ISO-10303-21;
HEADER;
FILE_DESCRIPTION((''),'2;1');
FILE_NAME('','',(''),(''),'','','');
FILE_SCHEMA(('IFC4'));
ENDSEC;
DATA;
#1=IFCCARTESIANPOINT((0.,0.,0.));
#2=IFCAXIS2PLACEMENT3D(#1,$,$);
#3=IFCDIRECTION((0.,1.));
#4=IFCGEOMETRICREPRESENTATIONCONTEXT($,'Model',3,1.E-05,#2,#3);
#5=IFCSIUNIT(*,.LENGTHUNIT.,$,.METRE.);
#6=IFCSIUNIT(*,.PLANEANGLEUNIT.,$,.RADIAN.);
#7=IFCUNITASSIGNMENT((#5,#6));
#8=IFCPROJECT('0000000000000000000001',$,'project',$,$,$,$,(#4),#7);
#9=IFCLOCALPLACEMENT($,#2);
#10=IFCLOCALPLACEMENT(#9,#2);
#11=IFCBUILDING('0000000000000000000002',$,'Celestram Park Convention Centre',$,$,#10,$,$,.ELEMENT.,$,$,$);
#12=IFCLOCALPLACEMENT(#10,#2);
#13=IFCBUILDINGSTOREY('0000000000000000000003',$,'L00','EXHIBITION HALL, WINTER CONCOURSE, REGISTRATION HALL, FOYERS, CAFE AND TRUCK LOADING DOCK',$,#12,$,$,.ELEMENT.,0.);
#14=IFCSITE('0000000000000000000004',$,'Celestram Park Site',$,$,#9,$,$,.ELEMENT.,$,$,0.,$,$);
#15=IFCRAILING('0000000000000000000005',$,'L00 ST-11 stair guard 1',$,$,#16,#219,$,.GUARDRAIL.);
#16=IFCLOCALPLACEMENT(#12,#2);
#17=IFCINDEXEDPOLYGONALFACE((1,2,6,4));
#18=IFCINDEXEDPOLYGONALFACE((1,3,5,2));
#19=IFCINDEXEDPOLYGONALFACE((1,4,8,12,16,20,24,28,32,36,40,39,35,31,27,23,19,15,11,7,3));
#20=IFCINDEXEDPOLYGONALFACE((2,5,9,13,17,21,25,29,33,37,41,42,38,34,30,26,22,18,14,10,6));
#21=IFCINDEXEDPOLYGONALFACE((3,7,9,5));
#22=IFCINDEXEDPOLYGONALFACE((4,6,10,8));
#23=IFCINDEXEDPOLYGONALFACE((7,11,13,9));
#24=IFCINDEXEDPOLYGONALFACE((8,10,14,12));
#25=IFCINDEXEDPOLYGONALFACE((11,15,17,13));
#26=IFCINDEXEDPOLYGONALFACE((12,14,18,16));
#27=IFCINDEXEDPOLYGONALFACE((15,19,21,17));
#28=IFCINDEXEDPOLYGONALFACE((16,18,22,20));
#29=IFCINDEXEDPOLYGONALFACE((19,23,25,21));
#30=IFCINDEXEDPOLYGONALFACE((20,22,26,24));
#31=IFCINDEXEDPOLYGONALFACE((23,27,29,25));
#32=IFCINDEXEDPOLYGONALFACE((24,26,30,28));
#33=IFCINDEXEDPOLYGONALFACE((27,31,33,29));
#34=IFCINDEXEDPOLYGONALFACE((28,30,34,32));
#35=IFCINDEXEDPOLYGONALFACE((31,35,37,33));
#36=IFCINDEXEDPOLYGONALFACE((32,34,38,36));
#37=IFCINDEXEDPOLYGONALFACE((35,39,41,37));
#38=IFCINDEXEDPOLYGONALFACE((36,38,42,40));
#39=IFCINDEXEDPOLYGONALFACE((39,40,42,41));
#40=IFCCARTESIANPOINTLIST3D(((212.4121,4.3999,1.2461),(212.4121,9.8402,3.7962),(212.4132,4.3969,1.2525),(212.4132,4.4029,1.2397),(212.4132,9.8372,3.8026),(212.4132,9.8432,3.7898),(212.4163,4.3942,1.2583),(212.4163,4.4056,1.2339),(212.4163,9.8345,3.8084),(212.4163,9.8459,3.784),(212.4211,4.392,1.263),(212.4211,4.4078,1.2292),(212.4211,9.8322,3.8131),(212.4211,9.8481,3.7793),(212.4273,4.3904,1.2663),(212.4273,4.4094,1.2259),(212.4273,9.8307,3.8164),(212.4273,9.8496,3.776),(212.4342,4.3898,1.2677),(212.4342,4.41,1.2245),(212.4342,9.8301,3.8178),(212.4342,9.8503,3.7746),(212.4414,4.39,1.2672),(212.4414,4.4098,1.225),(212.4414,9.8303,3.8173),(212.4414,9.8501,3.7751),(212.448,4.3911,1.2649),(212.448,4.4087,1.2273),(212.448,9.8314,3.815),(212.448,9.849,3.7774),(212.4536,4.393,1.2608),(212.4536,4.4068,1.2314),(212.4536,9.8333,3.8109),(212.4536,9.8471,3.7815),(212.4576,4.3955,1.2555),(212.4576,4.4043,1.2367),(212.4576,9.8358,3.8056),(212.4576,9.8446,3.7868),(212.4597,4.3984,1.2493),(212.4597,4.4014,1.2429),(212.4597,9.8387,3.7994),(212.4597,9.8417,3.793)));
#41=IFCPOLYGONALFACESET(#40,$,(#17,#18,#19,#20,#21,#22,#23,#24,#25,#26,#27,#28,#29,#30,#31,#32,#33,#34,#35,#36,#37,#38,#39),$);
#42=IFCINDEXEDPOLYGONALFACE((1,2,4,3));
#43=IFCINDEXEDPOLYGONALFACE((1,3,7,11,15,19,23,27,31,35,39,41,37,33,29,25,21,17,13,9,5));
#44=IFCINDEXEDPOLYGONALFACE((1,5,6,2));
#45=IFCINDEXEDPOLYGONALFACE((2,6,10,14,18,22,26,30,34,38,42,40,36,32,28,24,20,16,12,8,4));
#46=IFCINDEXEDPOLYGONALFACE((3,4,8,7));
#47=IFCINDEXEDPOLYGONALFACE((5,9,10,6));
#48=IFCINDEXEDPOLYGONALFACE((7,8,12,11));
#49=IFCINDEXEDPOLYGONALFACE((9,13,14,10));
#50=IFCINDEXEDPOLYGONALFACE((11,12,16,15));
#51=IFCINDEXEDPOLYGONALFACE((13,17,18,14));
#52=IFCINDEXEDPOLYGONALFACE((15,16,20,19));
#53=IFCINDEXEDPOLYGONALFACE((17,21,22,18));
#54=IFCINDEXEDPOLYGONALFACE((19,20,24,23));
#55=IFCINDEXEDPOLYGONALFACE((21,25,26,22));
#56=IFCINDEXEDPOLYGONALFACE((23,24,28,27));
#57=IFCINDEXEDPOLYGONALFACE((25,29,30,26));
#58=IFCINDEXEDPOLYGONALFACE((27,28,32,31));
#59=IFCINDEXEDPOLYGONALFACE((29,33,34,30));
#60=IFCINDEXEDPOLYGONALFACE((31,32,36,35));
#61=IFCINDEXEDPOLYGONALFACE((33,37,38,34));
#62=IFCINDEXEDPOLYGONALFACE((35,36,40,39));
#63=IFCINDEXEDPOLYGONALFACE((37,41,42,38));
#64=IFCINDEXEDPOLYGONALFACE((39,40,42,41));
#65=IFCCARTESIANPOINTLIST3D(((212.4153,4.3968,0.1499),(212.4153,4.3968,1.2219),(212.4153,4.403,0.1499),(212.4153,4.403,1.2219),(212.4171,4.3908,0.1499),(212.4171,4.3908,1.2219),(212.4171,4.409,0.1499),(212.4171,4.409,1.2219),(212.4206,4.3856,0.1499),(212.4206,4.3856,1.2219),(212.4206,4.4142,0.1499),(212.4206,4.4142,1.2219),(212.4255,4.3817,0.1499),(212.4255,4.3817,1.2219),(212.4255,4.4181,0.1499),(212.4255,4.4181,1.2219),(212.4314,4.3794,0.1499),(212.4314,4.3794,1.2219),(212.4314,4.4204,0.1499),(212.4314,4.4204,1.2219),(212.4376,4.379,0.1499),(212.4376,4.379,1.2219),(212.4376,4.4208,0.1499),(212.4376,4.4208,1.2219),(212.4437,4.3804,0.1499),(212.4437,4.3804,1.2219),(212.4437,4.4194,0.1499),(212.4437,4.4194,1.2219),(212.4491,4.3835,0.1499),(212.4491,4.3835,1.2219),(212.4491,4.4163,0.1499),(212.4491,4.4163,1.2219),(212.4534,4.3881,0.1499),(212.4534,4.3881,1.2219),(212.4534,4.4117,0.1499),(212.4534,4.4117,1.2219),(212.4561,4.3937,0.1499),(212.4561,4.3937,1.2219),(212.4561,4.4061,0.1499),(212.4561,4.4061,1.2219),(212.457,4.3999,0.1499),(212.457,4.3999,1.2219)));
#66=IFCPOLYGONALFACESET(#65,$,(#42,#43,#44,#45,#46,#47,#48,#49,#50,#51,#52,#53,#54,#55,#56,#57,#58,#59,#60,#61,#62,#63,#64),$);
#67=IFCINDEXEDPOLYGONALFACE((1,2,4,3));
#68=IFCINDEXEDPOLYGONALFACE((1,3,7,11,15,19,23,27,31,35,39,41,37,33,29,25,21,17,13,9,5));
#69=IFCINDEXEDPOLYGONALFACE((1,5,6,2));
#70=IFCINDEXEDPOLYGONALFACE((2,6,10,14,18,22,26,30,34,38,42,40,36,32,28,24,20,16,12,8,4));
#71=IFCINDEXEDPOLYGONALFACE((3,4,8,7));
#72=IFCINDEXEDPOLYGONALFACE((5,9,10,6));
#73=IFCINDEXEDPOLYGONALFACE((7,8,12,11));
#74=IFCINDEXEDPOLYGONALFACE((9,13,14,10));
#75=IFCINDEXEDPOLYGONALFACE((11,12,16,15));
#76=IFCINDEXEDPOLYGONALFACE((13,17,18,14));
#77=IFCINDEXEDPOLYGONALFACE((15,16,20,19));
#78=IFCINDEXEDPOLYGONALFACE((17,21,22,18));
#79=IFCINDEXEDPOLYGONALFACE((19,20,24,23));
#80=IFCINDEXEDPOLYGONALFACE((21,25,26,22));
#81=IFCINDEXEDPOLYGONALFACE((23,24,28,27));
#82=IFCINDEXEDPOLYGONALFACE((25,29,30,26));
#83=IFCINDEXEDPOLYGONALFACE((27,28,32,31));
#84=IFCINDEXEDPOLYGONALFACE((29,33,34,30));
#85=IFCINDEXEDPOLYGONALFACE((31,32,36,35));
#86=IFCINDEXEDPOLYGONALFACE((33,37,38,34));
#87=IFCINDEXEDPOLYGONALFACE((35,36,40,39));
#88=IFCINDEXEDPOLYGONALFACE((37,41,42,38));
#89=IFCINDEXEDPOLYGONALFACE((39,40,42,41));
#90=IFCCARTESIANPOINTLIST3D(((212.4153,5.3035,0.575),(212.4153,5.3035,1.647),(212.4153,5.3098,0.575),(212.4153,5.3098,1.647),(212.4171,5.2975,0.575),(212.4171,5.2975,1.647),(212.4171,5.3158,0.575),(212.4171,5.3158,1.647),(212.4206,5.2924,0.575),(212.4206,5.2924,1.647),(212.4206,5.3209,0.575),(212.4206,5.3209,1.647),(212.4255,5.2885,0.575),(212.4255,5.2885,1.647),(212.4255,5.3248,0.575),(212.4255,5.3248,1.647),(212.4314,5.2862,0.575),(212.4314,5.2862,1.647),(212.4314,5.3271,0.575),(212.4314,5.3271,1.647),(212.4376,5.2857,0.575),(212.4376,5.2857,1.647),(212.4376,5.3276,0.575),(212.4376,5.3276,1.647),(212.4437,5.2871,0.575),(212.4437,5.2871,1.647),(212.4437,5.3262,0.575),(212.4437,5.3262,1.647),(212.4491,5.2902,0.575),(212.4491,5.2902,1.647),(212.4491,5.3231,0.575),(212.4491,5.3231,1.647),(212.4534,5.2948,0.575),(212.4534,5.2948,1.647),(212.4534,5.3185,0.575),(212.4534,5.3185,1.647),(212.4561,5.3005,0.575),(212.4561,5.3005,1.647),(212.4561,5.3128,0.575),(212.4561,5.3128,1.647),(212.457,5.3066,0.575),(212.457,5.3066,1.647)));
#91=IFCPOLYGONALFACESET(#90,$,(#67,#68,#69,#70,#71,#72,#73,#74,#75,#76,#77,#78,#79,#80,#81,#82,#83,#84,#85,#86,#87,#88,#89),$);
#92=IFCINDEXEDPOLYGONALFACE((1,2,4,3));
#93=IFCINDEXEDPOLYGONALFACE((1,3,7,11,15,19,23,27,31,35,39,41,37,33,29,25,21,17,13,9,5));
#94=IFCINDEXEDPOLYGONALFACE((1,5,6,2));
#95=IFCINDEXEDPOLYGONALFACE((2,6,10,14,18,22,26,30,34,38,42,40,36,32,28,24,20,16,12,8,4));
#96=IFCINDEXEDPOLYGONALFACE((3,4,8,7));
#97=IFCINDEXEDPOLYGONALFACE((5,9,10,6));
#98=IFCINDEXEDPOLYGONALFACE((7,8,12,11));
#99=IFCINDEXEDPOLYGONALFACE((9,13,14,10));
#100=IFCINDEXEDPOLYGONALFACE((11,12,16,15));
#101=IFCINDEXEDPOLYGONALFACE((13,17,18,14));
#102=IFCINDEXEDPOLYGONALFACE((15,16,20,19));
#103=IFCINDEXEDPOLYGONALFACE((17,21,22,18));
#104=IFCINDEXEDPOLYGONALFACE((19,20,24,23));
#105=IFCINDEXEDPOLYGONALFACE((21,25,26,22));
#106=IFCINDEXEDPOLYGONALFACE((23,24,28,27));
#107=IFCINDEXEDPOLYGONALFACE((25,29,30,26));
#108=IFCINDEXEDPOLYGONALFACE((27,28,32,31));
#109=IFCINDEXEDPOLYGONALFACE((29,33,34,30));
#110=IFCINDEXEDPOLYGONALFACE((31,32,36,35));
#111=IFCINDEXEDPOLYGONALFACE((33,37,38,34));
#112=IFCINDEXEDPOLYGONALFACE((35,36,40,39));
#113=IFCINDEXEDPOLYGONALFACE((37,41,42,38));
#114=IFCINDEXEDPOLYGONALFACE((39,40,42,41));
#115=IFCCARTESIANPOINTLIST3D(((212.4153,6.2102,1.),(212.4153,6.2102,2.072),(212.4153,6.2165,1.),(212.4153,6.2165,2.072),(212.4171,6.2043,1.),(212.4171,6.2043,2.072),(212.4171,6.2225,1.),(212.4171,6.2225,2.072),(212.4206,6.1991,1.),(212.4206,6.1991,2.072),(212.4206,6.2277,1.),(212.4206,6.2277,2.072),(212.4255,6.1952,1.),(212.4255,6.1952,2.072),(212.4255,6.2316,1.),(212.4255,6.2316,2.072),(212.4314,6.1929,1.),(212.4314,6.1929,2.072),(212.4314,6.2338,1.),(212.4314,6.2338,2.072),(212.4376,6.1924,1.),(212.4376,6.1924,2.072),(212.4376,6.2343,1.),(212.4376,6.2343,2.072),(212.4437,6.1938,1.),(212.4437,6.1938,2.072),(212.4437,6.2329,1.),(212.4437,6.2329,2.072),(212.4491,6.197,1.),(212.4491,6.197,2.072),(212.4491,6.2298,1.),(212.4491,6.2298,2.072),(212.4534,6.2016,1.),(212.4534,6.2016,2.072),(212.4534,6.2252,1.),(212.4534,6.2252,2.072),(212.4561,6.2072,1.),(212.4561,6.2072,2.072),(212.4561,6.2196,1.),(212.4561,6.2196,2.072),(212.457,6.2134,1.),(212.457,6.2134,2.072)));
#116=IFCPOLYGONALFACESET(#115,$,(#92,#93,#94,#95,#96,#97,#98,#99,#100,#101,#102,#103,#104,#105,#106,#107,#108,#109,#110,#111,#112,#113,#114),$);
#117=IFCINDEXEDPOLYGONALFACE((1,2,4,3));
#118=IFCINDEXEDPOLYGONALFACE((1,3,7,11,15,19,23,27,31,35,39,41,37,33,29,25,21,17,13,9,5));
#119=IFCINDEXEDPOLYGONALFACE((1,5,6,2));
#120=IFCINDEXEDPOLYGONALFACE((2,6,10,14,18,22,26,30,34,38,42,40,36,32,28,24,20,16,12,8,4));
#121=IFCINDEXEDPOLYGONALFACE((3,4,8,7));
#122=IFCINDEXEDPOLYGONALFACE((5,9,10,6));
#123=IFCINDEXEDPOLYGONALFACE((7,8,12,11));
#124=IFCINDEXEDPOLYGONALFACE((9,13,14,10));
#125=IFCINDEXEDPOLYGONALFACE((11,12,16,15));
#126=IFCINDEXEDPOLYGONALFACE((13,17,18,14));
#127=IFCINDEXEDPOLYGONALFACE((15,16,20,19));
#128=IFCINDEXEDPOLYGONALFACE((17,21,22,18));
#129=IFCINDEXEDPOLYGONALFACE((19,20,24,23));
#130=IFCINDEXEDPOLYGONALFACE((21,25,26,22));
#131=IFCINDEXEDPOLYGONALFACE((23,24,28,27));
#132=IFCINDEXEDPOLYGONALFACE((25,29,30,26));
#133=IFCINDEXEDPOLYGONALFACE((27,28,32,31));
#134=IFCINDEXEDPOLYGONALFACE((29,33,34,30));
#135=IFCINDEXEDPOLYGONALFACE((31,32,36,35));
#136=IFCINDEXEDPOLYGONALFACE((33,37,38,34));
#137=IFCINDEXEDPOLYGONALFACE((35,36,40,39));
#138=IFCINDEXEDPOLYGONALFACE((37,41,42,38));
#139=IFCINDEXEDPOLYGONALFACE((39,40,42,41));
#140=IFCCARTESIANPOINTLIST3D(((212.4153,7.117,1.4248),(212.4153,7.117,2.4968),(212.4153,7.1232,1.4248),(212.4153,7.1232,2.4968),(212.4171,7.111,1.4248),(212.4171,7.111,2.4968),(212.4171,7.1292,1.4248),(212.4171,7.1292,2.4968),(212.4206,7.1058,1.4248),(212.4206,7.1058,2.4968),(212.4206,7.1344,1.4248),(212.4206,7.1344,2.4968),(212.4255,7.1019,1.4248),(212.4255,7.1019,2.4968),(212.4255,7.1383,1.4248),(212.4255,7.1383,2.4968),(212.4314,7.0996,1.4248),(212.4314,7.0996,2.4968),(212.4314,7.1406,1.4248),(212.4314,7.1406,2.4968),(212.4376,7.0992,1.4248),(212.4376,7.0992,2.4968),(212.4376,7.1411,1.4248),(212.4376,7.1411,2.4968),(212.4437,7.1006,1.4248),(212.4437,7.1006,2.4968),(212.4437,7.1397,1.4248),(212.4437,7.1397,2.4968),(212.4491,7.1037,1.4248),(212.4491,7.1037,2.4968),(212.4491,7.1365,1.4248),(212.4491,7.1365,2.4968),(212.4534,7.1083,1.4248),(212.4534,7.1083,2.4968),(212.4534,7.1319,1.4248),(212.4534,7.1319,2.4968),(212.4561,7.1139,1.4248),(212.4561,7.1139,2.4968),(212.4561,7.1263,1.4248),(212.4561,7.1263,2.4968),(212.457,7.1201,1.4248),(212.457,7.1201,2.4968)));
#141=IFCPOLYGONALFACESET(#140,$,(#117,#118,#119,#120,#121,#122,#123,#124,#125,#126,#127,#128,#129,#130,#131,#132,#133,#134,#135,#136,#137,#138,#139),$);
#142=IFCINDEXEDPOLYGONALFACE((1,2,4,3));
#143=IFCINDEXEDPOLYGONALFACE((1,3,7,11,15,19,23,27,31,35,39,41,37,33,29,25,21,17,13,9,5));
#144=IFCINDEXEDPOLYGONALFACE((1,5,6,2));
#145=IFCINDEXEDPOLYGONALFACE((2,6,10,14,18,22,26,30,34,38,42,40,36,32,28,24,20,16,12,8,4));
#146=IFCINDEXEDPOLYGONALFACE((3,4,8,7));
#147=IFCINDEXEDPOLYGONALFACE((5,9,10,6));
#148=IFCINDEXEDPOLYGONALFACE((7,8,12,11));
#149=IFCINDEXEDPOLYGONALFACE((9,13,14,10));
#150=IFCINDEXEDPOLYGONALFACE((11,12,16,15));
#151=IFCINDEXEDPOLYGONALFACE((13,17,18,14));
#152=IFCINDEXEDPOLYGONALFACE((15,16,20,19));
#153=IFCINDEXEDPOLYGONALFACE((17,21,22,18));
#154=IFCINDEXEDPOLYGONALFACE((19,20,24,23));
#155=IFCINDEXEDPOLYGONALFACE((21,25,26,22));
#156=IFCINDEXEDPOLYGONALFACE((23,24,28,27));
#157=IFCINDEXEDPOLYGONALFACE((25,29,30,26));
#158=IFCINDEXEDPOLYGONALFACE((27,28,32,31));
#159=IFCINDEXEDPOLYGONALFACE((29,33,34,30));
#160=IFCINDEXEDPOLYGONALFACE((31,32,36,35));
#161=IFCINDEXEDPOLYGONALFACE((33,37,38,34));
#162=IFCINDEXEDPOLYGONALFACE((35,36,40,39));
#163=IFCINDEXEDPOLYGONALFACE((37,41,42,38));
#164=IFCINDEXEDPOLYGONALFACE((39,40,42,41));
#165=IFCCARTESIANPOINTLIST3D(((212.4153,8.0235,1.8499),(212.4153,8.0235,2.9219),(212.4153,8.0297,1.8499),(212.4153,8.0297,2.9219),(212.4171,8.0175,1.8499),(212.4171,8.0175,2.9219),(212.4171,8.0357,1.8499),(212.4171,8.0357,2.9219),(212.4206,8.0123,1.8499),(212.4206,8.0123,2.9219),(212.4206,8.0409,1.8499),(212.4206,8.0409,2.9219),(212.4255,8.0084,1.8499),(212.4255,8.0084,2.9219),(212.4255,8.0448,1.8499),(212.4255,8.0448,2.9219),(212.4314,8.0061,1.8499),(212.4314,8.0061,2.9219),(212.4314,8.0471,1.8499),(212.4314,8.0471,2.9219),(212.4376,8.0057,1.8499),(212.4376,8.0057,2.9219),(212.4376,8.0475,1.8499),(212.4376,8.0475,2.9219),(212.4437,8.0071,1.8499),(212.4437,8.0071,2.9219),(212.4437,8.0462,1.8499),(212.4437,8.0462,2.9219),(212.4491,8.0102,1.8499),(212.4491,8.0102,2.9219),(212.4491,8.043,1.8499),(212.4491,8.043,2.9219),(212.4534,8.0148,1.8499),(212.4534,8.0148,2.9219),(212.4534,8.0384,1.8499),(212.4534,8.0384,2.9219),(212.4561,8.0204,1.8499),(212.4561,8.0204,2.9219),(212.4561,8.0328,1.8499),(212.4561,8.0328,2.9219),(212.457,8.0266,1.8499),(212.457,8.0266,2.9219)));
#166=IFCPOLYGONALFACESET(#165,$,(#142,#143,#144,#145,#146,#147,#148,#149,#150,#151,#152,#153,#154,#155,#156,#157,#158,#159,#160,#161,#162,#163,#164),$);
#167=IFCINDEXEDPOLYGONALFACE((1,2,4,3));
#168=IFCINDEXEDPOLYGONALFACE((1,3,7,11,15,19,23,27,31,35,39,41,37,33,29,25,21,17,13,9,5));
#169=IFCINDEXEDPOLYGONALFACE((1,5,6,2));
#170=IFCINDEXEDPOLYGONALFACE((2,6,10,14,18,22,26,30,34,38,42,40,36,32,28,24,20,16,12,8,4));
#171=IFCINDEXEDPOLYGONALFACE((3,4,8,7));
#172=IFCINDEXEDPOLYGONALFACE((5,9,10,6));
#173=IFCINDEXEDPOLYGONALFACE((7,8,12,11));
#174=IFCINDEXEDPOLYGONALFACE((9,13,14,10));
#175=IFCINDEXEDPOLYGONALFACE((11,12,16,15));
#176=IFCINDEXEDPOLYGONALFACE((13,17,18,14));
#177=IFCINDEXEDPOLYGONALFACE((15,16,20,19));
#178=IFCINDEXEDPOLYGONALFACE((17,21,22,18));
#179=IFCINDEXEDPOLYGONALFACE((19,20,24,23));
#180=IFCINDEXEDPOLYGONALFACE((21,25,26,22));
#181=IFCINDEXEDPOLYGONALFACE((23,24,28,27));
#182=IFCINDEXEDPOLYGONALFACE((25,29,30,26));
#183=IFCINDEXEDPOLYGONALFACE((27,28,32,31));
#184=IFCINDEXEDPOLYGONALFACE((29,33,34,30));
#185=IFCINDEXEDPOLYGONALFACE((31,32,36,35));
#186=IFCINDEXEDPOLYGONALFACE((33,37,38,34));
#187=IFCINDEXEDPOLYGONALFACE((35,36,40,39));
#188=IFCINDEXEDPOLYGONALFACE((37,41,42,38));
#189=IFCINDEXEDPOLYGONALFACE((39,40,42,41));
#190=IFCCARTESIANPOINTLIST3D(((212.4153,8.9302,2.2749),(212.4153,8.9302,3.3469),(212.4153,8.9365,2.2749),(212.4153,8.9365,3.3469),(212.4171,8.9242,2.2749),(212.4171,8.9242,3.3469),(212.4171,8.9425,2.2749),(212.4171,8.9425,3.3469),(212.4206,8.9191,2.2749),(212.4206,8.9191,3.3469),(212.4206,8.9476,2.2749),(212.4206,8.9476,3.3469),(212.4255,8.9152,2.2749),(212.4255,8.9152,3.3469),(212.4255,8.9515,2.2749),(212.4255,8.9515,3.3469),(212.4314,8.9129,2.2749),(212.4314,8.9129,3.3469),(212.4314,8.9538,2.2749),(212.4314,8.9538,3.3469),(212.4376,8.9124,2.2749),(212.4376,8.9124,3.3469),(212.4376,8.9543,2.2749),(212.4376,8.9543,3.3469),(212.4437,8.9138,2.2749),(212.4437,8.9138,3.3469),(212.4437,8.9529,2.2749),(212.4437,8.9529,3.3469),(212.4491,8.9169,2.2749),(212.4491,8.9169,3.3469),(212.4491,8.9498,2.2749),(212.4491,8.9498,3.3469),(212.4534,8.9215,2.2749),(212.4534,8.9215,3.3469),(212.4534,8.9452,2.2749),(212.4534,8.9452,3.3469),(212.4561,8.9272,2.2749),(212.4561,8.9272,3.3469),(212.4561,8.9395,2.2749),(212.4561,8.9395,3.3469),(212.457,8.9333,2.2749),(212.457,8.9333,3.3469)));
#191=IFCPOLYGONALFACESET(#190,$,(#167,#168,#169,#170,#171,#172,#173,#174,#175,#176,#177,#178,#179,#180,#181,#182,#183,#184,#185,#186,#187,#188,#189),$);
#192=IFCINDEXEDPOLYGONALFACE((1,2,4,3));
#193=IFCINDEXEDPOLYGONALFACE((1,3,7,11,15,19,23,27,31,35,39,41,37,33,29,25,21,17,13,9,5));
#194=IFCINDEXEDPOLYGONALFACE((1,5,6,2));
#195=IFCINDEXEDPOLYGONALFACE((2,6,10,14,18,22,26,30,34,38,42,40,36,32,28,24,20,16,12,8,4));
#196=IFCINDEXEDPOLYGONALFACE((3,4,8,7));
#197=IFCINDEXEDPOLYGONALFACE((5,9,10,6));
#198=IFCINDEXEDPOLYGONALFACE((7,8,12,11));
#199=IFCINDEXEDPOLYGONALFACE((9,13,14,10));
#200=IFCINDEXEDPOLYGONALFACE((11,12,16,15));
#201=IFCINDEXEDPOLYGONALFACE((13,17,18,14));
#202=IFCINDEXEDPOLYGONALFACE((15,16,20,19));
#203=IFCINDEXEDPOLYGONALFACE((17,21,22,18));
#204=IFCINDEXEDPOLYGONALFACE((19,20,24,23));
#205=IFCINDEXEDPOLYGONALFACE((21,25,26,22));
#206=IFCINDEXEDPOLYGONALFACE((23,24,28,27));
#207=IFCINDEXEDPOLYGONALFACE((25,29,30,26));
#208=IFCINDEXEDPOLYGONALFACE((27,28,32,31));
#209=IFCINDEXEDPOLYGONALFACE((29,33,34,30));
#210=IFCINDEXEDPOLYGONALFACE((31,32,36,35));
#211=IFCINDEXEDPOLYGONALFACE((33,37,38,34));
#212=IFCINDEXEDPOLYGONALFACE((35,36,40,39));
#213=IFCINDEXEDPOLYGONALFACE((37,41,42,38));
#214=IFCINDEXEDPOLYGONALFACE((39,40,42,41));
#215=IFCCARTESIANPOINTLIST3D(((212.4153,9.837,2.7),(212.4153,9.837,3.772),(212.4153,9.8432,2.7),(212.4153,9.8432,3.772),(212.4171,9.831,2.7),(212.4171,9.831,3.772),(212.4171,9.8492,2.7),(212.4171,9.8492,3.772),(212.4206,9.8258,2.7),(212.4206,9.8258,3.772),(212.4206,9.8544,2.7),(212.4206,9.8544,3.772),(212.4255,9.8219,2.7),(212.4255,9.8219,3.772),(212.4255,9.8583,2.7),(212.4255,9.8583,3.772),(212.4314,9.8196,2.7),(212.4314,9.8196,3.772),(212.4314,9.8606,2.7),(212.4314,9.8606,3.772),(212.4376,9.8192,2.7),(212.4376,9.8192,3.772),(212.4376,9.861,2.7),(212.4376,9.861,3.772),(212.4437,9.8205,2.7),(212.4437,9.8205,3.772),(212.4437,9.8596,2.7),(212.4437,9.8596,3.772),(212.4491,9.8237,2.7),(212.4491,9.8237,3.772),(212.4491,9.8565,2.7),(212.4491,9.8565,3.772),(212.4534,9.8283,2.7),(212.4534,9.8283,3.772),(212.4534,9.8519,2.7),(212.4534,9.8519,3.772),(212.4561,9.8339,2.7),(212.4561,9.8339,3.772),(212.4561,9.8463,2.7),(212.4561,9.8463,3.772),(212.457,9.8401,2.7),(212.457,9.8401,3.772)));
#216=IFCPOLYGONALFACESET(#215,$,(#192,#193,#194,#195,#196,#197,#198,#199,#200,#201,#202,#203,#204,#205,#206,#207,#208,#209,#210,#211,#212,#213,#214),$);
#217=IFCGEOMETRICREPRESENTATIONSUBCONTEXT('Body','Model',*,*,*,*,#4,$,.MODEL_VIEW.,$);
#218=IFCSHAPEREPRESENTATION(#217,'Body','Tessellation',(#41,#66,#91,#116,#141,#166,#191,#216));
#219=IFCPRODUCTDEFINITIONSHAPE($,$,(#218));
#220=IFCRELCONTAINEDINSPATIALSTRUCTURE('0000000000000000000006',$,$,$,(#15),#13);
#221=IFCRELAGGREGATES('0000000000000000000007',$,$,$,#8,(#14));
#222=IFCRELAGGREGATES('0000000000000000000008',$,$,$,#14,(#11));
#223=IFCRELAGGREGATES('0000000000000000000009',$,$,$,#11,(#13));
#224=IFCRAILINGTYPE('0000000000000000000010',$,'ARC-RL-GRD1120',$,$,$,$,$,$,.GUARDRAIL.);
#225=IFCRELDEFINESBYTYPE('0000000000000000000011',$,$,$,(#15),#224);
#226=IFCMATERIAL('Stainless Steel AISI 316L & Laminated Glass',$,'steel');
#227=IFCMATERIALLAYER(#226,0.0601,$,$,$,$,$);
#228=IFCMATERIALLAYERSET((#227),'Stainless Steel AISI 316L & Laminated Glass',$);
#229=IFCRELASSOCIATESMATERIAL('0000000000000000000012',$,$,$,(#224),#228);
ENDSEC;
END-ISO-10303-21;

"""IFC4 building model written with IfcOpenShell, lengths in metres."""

from ifc_helpers import new_model, si_unit, direction, frame, origin, origin_2d, place, context, subcontext, project, spatial, circle, extrude, material, layer, layer_set, type_object, element, save


model = new_model("IFC4")

# Units and contexts
model_context = context("Model", 3, precision=1e-05, world=origin(), true_north=direction((0.0, 1.0)))
body_context = subcontext(model_context, "Body", "Model", "MODEL_VIEW")
ifc_project = project(units=[si_unit("LENGTHUNIT", "METRE"), si_unit("PLANEANGLEUNIT", "RADIAN")], contexts=[model_context])

# Site, building, storey
site_placement = place(None, origin())
site = spatial("IfcSite", under=ifc_project, at=site_placement, Name="Celestram Park Site", CompositionType="ELEMENT", RefElevation=0.0)
building_placement = place(site_placement, origin())
building = spatial("IfcBuilding", under=site, at=building_placement, Name="Celestram Park Convention Centre", CompositionType="ELEMENT")
storey_placement = place(building_placement, origin())
storey = spatial("IfcBuildingStorey", under=building, at=storey_placement, Name="L00", Description="EXHIBITION HALL, WINTER CONCOURSE, REGISTRATION HALL, FOYERS, CAFE AND TRUCK LOADING DOCK", CompositionType="ELEMENT", Elevation=0.0)

# Railing
ifc_material_1 = material(Name="Stainless Steel AISI 316L & Laminated Glass", Category="steel")
ifc_layer_1 = layer(ifc_material_1, 0.0601)
ifc_layer_set_1 = layer_set([ifc_layer_1], Name="Stainless Steel AISI 316L & Laminated Glass")
railing_type = type_object("IfcRailingType", Name="ARC-RL-GRD1120", PredefinedType="GUARDRAIL", material=ifc_layer_set_1)
railing_1_placement = place(storey_placement, frame((212.436, 4.3999, 0.1499)))
element("IfcRailing", 1, at=railing_1_placement, inside=storey, type_object=railing_type, Name="L00 ST-11 stair guard 1", PredefinedType="GUARDRAIL", context=body_context, shape_type="SweptSolid", body=[
    extrude(circle(Radius=0.0239, at=origin_2d()), frame((0.0, 0.0, 1.0962), z_axis=(0.0, 0.905461, 0.424429), x_axis=(-1.0, 0.0, 0.0)), (0.0, 0.0, 1.0), 6.0083),
    extrude(circle(Radius=0.021, at=origin_2d()), origin(), (0.0, 0.0, 1.0), 1.072),
    extrude(circle(Radius=0.021, at=origin_2d()), frame((0.0, 0.9067, 0.425)), (0.0, 0.0, 1.0), 1.072),
    extrude(circle(Radius=0.021, at=origin_2d()), frame((0.0, 1.8135, 0.8501)), (0.0, 0.0, 1.0), 1.072),
    extrude(circle(Radius=0.021, at=origin_2d()), frame((0.0, 2.7202, 1.2749)), (0.0, 0.0, 1.0), 1.072),
    extrude(circle(Radius=0.021, at=origin_2d()), frame((0.0, 3.6267, 1.7)), (0.0, 0.0, 1.0), 1.072),
    extrude(circle(Radius=0.021, at=origin_2d()), frame((0.0, 4.5334, 2.125)), (0.0, 0.0, 1.0), 1.072),
    extrude(circle(Radius=0.021, at=origin_2d()), frame((0.0, 5.4402, 2.55)), (0.0, 0.0, 1.0), 1.072),
])

save(model, "model.ifc")
